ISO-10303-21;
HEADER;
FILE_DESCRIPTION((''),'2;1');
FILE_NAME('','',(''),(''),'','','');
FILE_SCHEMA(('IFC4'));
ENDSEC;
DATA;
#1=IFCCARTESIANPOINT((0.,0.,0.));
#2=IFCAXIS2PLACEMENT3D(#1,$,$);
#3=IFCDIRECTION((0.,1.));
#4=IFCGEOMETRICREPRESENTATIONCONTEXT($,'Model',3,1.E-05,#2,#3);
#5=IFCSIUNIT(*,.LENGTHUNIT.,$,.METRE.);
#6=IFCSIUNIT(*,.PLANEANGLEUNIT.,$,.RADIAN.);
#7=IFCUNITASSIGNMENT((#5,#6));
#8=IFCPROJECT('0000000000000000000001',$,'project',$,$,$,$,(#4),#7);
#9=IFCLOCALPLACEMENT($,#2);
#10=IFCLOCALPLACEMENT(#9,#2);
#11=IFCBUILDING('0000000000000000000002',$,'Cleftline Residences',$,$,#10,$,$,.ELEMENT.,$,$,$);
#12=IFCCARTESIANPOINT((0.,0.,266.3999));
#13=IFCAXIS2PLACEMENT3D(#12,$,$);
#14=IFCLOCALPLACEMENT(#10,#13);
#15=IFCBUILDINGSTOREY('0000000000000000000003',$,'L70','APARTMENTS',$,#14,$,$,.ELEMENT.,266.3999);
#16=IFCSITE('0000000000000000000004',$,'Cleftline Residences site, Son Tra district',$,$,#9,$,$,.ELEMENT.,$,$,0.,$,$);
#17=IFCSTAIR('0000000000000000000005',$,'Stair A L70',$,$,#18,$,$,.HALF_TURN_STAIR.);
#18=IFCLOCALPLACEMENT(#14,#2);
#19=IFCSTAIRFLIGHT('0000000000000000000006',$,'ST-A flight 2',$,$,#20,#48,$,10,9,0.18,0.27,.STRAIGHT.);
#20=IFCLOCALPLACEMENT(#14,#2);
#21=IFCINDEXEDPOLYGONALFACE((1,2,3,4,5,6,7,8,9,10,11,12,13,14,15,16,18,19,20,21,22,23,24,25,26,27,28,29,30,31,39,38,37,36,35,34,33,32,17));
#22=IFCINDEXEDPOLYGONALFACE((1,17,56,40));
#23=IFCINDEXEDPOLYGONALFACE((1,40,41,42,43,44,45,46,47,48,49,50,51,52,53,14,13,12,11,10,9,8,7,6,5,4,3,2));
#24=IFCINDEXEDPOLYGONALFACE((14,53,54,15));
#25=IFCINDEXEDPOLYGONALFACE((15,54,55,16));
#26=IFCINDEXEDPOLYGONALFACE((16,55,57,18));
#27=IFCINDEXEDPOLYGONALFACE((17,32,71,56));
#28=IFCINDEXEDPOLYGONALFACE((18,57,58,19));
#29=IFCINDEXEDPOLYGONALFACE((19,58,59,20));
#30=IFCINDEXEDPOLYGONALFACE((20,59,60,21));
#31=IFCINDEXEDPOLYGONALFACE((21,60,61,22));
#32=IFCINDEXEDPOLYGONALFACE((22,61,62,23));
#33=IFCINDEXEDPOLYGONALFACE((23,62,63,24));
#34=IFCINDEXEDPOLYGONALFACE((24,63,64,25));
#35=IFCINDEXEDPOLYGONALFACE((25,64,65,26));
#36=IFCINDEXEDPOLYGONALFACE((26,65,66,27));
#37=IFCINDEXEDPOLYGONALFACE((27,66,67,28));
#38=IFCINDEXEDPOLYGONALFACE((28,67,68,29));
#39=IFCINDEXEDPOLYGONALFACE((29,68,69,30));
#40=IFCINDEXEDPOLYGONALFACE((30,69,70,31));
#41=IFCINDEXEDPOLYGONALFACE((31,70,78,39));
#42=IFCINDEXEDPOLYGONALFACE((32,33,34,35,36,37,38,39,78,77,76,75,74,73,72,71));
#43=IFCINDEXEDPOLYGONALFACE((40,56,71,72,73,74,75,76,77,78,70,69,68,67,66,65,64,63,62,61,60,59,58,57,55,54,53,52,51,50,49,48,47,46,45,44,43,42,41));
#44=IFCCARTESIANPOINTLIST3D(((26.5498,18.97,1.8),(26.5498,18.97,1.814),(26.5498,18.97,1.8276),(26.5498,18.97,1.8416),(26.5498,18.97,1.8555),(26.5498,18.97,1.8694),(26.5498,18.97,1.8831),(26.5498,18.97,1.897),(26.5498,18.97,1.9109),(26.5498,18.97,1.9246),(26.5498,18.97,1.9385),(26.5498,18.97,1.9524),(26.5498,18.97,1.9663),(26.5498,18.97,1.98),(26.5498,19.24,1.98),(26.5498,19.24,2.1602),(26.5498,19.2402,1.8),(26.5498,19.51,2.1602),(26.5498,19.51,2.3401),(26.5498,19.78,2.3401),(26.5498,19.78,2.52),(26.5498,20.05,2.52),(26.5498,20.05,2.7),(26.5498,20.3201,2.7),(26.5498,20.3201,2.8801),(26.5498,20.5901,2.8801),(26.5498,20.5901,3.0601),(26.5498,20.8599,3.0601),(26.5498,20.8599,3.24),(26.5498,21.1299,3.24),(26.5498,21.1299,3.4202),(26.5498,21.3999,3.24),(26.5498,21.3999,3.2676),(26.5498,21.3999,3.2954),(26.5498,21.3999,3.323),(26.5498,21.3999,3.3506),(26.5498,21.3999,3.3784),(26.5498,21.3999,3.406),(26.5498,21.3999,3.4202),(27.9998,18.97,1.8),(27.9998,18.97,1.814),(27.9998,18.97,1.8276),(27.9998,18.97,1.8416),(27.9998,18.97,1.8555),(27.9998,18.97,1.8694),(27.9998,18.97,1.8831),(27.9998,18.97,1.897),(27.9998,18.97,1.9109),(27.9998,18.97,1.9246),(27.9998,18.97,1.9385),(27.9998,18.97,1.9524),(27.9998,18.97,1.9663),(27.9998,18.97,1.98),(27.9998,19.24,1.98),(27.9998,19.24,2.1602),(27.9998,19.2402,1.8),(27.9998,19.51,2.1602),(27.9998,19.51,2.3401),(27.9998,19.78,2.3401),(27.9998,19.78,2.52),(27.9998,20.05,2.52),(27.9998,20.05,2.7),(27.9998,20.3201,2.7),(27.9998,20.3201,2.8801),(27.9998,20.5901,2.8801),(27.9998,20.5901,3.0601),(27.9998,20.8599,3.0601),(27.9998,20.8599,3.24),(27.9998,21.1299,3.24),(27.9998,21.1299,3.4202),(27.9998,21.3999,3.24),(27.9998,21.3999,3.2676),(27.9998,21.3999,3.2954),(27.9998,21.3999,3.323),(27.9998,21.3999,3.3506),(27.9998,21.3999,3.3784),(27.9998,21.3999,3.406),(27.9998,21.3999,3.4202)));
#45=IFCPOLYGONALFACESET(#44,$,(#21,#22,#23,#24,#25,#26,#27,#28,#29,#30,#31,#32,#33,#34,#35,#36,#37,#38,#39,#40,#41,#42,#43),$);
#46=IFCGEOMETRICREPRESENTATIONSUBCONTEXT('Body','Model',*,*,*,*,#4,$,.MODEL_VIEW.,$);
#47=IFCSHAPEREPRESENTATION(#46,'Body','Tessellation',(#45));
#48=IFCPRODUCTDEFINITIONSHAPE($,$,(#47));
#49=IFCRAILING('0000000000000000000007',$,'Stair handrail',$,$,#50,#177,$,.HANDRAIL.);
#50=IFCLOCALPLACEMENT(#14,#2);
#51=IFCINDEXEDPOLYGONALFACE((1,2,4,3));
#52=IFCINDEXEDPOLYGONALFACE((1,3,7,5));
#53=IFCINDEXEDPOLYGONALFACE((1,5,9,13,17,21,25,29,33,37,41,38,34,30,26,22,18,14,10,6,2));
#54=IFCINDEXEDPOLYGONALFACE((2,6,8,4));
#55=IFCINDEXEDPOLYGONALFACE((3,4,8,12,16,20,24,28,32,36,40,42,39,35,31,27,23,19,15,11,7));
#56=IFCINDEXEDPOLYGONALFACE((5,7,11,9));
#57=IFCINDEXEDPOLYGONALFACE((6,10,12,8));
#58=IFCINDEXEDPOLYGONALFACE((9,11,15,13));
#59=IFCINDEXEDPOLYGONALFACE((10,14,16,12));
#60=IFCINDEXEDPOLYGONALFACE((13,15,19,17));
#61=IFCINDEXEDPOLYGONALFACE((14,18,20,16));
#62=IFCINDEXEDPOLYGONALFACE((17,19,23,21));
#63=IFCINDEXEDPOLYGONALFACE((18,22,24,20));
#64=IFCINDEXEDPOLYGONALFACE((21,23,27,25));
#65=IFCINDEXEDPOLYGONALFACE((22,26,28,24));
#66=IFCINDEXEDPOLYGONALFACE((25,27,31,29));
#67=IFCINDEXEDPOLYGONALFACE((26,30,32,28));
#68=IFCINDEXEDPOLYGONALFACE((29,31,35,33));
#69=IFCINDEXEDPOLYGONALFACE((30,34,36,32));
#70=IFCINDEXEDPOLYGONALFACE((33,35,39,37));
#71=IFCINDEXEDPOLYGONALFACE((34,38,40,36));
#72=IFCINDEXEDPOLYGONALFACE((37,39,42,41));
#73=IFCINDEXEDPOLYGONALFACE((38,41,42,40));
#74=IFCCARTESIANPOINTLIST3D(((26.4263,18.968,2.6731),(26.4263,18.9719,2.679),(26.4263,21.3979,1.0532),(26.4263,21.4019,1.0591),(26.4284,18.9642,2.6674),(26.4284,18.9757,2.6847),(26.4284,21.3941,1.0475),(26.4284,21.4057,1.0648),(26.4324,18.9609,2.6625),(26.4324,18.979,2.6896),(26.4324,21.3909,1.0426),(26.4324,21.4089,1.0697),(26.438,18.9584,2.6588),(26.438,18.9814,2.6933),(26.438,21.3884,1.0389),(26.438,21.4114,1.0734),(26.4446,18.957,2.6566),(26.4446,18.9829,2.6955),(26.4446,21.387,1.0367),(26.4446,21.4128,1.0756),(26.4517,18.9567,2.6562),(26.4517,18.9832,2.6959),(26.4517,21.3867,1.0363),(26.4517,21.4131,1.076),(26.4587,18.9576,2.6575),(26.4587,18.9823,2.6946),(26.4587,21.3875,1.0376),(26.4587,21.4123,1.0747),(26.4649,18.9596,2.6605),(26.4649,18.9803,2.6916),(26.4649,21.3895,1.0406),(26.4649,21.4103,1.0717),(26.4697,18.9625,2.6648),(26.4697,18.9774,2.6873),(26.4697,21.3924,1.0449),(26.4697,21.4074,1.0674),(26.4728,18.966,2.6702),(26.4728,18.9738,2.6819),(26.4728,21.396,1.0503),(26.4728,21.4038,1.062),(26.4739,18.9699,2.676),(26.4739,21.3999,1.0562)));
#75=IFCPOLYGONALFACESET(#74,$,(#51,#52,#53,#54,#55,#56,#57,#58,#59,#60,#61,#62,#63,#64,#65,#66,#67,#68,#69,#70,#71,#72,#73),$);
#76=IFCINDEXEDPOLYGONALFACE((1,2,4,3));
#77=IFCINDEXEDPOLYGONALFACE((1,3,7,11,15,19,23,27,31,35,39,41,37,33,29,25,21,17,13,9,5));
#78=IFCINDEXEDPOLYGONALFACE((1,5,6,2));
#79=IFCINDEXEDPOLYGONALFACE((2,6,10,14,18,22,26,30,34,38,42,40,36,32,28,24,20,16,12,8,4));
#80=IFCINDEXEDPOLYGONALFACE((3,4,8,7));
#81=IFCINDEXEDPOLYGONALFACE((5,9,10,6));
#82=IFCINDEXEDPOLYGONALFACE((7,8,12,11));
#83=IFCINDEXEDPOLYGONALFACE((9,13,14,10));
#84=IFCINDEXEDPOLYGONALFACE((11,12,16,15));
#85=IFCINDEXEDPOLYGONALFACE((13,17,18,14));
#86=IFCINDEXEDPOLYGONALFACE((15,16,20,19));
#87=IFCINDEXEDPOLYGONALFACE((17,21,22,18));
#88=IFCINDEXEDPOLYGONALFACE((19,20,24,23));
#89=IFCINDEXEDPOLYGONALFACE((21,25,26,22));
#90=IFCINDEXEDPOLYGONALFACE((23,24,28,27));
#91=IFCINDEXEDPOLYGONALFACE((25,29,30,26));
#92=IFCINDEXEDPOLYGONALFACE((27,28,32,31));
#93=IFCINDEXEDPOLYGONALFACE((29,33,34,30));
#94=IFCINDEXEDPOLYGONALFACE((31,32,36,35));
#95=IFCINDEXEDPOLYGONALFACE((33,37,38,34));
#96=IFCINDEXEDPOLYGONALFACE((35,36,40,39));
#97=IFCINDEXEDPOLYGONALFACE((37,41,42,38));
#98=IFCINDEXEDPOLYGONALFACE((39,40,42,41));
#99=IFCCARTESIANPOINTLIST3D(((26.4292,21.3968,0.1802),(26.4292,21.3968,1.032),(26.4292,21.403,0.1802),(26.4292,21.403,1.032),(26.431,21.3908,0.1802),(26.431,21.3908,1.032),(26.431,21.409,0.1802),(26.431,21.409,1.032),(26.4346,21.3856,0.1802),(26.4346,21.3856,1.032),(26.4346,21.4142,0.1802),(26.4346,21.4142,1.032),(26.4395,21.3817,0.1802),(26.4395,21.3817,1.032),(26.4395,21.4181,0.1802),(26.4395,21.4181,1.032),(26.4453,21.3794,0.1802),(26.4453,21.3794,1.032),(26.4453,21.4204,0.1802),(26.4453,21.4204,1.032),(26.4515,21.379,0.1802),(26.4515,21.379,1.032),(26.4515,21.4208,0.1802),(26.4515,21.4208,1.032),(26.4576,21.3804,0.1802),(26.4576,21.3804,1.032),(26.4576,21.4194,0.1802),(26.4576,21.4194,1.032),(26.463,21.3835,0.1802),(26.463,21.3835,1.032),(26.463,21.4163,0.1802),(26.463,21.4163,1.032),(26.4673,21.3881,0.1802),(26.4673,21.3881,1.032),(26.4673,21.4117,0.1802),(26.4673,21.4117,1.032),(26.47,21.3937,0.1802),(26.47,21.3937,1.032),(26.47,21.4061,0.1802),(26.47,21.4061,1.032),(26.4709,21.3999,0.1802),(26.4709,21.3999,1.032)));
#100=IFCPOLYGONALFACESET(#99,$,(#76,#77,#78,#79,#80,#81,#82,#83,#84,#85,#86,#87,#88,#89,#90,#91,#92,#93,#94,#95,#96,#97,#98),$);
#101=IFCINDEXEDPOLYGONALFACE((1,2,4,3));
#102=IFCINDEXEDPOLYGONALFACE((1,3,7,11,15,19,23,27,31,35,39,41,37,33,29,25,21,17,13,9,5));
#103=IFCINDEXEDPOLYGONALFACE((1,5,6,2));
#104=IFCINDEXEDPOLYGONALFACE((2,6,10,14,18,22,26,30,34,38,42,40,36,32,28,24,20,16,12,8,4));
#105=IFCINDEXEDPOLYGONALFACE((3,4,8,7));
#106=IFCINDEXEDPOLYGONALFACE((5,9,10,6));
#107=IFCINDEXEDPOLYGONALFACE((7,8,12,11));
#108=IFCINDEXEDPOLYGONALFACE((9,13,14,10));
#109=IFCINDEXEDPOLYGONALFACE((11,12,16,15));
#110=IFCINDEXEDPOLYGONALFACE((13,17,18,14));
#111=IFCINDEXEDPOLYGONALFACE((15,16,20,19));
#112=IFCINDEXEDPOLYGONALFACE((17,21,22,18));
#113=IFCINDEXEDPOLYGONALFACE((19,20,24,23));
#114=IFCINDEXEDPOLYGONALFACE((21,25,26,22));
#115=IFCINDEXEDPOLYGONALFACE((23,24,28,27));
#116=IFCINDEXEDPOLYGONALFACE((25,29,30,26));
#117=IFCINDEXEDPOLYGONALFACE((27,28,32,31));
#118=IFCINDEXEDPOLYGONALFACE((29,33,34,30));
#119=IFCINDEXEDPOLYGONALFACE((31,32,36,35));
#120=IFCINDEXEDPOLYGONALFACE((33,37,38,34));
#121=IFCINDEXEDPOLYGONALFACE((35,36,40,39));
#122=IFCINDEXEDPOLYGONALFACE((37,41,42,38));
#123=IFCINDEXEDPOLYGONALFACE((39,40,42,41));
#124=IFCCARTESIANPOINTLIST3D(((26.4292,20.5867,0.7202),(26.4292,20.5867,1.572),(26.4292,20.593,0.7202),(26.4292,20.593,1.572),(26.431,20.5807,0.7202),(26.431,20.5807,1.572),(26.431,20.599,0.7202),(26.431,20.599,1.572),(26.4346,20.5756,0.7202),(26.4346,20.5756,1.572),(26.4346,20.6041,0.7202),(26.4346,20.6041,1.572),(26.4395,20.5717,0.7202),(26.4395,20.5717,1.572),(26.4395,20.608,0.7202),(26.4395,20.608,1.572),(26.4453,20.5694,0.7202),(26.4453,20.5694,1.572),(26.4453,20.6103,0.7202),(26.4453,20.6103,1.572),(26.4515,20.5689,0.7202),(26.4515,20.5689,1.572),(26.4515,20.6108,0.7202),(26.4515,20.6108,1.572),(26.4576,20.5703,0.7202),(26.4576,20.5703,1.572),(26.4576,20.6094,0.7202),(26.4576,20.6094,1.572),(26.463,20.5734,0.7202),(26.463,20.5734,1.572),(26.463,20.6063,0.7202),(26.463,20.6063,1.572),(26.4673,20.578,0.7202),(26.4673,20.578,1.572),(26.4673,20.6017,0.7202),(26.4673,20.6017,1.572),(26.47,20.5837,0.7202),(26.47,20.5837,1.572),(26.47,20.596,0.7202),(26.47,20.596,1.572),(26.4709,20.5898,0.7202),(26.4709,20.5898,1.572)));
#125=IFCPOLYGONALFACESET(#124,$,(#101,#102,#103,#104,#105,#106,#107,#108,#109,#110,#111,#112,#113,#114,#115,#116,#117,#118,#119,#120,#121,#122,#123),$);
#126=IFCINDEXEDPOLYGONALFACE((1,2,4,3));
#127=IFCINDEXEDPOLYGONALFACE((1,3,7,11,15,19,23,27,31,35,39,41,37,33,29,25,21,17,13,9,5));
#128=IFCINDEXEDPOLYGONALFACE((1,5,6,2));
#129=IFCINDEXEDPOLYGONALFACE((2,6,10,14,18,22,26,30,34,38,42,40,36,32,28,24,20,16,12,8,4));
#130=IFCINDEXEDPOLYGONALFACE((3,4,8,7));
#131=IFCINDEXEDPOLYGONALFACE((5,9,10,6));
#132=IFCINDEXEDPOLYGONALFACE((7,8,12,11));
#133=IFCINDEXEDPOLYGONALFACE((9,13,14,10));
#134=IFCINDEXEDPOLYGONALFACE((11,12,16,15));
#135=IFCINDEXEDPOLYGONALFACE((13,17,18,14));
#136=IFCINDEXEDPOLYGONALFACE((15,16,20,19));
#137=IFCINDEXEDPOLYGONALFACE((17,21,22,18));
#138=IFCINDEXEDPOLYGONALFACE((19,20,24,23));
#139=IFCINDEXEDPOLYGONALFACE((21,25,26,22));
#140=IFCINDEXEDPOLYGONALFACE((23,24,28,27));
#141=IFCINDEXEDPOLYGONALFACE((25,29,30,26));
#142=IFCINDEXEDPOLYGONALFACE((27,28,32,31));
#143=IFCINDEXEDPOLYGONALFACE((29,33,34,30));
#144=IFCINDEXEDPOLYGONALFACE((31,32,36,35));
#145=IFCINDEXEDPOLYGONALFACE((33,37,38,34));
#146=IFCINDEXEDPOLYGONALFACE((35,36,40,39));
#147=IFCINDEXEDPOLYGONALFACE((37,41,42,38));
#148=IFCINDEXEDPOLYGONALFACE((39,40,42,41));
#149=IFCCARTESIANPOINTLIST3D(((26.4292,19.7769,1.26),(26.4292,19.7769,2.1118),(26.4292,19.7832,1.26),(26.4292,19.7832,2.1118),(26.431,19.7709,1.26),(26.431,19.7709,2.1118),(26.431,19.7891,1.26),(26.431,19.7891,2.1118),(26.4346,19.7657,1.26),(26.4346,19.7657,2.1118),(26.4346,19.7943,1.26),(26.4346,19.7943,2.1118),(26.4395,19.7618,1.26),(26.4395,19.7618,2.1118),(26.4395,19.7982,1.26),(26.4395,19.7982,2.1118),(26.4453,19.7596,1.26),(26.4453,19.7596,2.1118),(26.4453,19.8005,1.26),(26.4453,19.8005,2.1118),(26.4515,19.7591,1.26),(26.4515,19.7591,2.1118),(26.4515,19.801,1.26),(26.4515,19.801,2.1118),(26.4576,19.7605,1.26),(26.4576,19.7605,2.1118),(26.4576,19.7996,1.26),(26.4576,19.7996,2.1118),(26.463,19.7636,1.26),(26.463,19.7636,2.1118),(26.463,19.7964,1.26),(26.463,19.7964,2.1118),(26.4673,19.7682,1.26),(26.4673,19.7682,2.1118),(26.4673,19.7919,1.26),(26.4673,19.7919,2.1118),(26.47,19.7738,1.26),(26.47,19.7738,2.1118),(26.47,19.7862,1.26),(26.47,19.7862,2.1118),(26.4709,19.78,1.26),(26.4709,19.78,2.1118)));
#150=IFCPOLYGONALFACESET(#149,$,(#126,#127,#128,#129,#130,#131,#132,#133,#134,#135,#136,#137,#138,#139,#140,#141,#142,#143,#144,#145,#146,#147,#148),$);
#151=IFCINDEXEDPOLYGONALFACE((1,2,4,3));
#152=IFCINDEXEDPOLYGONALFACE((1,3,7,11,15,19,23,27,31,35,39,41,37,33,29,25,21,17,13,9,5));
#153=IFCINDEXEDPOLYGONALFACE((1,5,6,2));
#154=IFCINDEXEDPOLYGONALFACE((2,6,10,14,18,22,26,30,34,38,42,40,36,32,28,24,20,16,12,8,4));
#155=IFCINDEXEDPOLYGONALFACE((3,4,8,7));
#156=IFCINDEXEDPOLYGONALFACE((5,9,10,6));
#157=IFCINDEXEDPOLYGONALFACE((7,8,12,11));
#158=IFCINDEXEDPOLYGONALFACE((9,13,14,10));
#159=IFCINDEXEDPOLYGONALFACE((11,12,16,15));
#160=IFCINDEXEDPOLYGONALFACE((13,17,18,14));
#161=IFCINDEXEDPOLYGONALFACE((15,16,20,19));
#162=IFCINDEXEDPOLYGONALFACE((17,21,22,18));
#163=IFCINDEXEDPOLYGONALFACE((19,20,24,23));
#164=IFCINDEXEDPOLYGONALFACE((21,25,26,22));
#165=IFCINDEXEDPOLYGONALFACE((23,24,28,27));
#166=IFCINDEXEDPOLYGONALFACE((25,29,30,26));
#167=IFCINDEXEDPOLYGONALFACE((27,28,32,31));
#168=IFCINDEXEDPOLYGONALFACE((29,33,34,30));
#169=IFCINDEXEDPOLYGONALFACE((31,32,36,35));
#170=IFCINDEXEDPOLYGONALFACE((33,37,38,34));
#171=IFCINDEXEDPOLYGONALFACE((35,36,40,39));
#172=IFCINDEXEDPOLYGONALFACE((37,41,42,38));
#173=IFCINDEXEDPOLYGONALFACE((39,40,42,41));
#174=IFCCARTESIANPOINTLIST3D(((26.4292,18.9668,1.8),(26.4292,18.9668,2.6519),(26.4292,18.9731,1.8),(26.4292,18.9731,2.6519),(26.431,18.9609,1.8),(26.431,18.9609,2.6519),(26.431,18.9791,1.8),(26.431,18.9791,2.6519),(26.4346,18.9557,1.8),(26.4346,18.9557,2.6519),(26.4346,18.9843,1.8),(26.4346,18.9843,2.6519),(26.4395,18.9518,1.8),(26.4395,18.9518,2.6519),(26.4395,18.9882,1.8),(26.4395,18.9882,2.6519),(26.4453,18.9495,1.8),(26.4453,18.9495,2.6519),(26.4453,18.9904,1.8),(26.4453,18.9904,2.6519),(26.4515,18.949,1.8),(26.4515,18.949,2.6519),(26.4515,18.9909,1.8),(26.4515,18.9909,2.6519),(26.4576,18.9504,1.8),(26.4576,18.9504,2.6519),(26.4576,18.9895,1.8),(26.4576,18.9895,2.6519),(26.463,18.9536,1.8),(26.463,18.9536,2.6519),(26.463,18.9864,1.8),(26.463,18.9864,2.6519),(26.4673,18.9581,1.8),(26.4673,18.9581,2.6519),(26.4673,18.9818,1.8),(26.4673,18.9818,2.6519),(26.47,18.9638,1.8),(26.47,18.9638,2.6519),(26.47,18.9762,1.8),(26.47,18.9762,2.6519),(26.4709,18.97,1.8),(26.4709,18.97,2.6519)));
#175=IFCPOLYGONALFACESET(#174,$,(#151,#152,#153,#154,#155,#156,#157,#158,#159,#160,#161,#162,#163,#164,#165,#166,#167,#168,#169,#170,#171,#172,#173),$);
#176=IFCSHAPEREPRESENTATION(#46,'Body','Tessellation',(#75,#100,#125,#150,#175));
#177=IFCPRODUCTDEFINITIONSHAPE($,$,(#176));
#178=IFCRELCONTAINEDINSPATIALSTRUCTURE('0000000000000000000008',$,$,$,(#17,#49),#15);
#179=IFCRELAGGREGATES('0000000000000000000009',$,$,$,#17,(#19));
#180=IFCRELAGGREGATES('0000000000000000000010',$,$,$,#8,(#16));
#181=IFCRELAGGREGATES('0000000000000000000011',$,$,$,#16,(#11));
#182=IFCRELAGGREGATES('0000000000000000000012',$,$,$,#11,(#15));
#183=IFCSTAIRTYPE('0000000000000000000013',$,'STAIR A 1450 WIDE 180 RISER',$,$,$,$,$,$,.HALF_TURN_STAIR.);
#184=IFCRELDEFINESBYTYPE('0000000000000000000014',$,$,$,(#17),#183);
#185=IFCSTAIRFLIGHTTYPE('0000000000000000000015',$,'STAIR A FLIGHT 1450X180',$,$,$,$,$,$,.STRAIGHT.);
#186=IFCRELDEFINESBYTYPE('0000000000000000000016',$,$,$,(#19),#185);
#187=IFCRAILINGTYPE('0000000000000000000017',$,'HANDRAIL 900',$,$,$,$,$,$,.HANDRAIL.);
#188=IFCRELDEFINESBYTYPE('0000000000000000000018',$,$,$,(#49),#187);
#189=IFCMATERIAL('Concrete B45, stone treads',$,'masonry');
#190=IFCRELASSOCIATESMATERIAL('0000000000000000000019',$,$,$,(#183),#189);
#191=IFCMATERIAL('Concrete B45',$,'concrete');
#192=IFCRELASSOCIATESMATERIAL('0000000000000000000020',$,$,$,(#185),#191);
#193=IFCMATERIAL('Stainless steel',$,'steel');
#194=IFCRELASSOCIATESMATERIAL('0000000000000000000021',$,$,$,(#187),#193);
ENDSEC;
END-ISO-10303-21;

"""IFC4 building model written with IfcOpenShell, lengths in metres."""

from ifc_helpers import new_model, si_unit, direction, frame, origin, origin_2d, place, context, subcontext, project, spatial, polyline, circle, outline, extrude, material, type_object, element, aggregate, save


model = new_model("IFC4")

# Units and contexts
model_context = context("Model", 3, precision=1e-05, world=origin(), true_north=direction((0.0, 1.0)))
body_context = subcontext(model_context, "Body", "Model", "MODEL_VIEW")
ifc_project = project(units=[si_unit("LENGTHUNIT", "METRE"), si_unit("PLANEANGLEUNIT", "RADIAN")], contexts=[model_context])

# Site, building, storey
site_placement = place(None, origin())
site = spatial("IfcSite", under=ifc_project, at=site_placement, Name="Cleftline Residences site, Son Tra district", CompositionType="ELEMENT", RefElevation=0.0)
building_placement = place(site_placement, origin())
building = spatial("IfcBuilding", under=site, at=building_placement, Name="Cleftline Residences", CompositionType="ELEMENT")
storey_placement = place(building_placement, frame((0.0, 0.0, 266.3999)))
storey = spatial("IfcBuildingStorey", under=building, at=storey_placement, Name="L70", Description="APARTMENTS", CompositionType="ELEMENT", Elevation=266.3999)

# Stair, stair flight
ifc_material_1 = material(Name="Concrete B45, stone treads", Category="masonry")
stair_type = type_object("IfcStairType", Name="STAIR A 1450 WIDE 180 RISER", PredefinedType="HALF_TURN_STAIR", material=ifc_material_1)
stair_placement = place(storey_placement, origin())
stair = element("IfcStair", 1, at=stair_placement, inside=storey, type_object=stair_type, Name="Stair A L70", PredefinedType="HALF_TURN_STAIR")
ifc_material_2 = material(Name="Concrete B45", Category="concrete")
stair_flight_type = type_object("IfcStairFlightType", Name="STAIR A FLIGHT 1450X180", PredefinedType="STRAIGHT", material=ifc_material_2)
stair_flight_1_placement = place(storey_placement, frame((27.2749, 18.97, 1.8), z_axis=(0.0, 0.0, 1.0), x_axis=(0.0, 1.0, 0.0)))
stair_flight_1 = element("IfcStairFlight", 2, at=stair_flight_1_placement, type_object=stair_flight_type, Name="ST-A flight 2", NumberOfRisers=10, NumberOfTreads=9, PredefinedType="STRAIGHT", RiserHeight=0.18, TreadLength=0.27, context=body_context, shape_type="SweptSolid", body=[
    extrude(outline(polyline([(0.0, 0.0), (0.0, 0.0139), (0.0, 0.0276), (0.0, 0.0415), (0.0, 0.0554), (0.0, 0.0693), (0.0, 0.083), (0.0, 0.0969), (0.0, 0.1108), (0.0, 0.1245), (0.0, 0.1384), (0.0, 0.1523), (0.0, 0.1663), (0.0, 0.1799), (0.27, 0.1799), (0.27, 0.3601), (0.54, 0.3601), (0.54, 0.54), (0.8101, 0.54), (0.8101, 0.72), (1.0801, 0.72), (1.0801, 0.8999), (1.3501, 0.8999), (1.3501, 1.0801), (1.6201, 1.0801), (1.6201, 1.26), (1.8899, 1.26), (1.8899, 1.4399), (2.1599, 1.4399), (2.1599, 1.6201), (2.4299, 1.6201), (2.4299, 1.8), (2.4299, 1.7722), (2.4299, 1.7446), (2.4299, 1.7168), (2.4299, 1.6892), (2.4299, 1.6614), (2.4299, 1.6338), (2.4299, 1.606), (2.4299, 1.5784), (2.4299, 1.5505), (2.4299, 1.5229), (2.4299, 1.4954), (2.4299, 1.4675), (2.4299, 1.4399), (0.2703, 0.0), (0.0, 0.0)])), frame((0.0, 0.7251, 0.0), z_axis=(0.0, -1.0, 0.0), x_axis=(1.0, 0.0, 0.0)), (0.0, 0.0, 1.0), 1.45),
])
aggregate(stair, [stair_flight_1])

# Railing
ifc_material_3 = material(Name="Stainless steel", Category="steel")
railing_type = type_object("IfcRailingType", Name="HANDRAIL 900", PredefinedType="HANDRAIL", material=ifc_material_3)
railing_1_placement = place(storey_placement, frame((26.45, 21.3999, 0.1802)))
element("IfcRailing", 3, at=railing_1_placement, inside=storey, type_object=railing_type, Name="Stair handrail", PredefinedType="HANDRAIL", context=body_context, shape_type="SweptSolid", body=[
    extrude(circle(Radius=0.0239, at=origin_2d()), frame((0.0, 0.0, 0.876), z_axis=(0.0, -0.832063, 0.554681), x_axis=(1.0, 0.0, 0.0)), (0.0, 0.0, 1.0), 2.9204),
    extrude(circle(Radius=0.021, at=origin_2d()), origin(), (0.0, 0.0, 1.0), 0.8518),
    extrude(circle(Radius=0.021, at=origin_2d()), frame((0.0, -0.8101, 0.54)), (0.0, 0.0, 1.0), 0.8518),
    extrude(circle(Radius=0.021, at=origin_2d()), frame((0.0, -1.6199, 1.0798)), (0.0, 0.0, 1.0), 0.8518),
    extrude(circle(Radius=0.021, at=origin_2d()), frame((0.0, -2.4299, 1.6199)), (0.0, 0.0, 1.0), 0.8518),
])

save(model, "model.ifc")
